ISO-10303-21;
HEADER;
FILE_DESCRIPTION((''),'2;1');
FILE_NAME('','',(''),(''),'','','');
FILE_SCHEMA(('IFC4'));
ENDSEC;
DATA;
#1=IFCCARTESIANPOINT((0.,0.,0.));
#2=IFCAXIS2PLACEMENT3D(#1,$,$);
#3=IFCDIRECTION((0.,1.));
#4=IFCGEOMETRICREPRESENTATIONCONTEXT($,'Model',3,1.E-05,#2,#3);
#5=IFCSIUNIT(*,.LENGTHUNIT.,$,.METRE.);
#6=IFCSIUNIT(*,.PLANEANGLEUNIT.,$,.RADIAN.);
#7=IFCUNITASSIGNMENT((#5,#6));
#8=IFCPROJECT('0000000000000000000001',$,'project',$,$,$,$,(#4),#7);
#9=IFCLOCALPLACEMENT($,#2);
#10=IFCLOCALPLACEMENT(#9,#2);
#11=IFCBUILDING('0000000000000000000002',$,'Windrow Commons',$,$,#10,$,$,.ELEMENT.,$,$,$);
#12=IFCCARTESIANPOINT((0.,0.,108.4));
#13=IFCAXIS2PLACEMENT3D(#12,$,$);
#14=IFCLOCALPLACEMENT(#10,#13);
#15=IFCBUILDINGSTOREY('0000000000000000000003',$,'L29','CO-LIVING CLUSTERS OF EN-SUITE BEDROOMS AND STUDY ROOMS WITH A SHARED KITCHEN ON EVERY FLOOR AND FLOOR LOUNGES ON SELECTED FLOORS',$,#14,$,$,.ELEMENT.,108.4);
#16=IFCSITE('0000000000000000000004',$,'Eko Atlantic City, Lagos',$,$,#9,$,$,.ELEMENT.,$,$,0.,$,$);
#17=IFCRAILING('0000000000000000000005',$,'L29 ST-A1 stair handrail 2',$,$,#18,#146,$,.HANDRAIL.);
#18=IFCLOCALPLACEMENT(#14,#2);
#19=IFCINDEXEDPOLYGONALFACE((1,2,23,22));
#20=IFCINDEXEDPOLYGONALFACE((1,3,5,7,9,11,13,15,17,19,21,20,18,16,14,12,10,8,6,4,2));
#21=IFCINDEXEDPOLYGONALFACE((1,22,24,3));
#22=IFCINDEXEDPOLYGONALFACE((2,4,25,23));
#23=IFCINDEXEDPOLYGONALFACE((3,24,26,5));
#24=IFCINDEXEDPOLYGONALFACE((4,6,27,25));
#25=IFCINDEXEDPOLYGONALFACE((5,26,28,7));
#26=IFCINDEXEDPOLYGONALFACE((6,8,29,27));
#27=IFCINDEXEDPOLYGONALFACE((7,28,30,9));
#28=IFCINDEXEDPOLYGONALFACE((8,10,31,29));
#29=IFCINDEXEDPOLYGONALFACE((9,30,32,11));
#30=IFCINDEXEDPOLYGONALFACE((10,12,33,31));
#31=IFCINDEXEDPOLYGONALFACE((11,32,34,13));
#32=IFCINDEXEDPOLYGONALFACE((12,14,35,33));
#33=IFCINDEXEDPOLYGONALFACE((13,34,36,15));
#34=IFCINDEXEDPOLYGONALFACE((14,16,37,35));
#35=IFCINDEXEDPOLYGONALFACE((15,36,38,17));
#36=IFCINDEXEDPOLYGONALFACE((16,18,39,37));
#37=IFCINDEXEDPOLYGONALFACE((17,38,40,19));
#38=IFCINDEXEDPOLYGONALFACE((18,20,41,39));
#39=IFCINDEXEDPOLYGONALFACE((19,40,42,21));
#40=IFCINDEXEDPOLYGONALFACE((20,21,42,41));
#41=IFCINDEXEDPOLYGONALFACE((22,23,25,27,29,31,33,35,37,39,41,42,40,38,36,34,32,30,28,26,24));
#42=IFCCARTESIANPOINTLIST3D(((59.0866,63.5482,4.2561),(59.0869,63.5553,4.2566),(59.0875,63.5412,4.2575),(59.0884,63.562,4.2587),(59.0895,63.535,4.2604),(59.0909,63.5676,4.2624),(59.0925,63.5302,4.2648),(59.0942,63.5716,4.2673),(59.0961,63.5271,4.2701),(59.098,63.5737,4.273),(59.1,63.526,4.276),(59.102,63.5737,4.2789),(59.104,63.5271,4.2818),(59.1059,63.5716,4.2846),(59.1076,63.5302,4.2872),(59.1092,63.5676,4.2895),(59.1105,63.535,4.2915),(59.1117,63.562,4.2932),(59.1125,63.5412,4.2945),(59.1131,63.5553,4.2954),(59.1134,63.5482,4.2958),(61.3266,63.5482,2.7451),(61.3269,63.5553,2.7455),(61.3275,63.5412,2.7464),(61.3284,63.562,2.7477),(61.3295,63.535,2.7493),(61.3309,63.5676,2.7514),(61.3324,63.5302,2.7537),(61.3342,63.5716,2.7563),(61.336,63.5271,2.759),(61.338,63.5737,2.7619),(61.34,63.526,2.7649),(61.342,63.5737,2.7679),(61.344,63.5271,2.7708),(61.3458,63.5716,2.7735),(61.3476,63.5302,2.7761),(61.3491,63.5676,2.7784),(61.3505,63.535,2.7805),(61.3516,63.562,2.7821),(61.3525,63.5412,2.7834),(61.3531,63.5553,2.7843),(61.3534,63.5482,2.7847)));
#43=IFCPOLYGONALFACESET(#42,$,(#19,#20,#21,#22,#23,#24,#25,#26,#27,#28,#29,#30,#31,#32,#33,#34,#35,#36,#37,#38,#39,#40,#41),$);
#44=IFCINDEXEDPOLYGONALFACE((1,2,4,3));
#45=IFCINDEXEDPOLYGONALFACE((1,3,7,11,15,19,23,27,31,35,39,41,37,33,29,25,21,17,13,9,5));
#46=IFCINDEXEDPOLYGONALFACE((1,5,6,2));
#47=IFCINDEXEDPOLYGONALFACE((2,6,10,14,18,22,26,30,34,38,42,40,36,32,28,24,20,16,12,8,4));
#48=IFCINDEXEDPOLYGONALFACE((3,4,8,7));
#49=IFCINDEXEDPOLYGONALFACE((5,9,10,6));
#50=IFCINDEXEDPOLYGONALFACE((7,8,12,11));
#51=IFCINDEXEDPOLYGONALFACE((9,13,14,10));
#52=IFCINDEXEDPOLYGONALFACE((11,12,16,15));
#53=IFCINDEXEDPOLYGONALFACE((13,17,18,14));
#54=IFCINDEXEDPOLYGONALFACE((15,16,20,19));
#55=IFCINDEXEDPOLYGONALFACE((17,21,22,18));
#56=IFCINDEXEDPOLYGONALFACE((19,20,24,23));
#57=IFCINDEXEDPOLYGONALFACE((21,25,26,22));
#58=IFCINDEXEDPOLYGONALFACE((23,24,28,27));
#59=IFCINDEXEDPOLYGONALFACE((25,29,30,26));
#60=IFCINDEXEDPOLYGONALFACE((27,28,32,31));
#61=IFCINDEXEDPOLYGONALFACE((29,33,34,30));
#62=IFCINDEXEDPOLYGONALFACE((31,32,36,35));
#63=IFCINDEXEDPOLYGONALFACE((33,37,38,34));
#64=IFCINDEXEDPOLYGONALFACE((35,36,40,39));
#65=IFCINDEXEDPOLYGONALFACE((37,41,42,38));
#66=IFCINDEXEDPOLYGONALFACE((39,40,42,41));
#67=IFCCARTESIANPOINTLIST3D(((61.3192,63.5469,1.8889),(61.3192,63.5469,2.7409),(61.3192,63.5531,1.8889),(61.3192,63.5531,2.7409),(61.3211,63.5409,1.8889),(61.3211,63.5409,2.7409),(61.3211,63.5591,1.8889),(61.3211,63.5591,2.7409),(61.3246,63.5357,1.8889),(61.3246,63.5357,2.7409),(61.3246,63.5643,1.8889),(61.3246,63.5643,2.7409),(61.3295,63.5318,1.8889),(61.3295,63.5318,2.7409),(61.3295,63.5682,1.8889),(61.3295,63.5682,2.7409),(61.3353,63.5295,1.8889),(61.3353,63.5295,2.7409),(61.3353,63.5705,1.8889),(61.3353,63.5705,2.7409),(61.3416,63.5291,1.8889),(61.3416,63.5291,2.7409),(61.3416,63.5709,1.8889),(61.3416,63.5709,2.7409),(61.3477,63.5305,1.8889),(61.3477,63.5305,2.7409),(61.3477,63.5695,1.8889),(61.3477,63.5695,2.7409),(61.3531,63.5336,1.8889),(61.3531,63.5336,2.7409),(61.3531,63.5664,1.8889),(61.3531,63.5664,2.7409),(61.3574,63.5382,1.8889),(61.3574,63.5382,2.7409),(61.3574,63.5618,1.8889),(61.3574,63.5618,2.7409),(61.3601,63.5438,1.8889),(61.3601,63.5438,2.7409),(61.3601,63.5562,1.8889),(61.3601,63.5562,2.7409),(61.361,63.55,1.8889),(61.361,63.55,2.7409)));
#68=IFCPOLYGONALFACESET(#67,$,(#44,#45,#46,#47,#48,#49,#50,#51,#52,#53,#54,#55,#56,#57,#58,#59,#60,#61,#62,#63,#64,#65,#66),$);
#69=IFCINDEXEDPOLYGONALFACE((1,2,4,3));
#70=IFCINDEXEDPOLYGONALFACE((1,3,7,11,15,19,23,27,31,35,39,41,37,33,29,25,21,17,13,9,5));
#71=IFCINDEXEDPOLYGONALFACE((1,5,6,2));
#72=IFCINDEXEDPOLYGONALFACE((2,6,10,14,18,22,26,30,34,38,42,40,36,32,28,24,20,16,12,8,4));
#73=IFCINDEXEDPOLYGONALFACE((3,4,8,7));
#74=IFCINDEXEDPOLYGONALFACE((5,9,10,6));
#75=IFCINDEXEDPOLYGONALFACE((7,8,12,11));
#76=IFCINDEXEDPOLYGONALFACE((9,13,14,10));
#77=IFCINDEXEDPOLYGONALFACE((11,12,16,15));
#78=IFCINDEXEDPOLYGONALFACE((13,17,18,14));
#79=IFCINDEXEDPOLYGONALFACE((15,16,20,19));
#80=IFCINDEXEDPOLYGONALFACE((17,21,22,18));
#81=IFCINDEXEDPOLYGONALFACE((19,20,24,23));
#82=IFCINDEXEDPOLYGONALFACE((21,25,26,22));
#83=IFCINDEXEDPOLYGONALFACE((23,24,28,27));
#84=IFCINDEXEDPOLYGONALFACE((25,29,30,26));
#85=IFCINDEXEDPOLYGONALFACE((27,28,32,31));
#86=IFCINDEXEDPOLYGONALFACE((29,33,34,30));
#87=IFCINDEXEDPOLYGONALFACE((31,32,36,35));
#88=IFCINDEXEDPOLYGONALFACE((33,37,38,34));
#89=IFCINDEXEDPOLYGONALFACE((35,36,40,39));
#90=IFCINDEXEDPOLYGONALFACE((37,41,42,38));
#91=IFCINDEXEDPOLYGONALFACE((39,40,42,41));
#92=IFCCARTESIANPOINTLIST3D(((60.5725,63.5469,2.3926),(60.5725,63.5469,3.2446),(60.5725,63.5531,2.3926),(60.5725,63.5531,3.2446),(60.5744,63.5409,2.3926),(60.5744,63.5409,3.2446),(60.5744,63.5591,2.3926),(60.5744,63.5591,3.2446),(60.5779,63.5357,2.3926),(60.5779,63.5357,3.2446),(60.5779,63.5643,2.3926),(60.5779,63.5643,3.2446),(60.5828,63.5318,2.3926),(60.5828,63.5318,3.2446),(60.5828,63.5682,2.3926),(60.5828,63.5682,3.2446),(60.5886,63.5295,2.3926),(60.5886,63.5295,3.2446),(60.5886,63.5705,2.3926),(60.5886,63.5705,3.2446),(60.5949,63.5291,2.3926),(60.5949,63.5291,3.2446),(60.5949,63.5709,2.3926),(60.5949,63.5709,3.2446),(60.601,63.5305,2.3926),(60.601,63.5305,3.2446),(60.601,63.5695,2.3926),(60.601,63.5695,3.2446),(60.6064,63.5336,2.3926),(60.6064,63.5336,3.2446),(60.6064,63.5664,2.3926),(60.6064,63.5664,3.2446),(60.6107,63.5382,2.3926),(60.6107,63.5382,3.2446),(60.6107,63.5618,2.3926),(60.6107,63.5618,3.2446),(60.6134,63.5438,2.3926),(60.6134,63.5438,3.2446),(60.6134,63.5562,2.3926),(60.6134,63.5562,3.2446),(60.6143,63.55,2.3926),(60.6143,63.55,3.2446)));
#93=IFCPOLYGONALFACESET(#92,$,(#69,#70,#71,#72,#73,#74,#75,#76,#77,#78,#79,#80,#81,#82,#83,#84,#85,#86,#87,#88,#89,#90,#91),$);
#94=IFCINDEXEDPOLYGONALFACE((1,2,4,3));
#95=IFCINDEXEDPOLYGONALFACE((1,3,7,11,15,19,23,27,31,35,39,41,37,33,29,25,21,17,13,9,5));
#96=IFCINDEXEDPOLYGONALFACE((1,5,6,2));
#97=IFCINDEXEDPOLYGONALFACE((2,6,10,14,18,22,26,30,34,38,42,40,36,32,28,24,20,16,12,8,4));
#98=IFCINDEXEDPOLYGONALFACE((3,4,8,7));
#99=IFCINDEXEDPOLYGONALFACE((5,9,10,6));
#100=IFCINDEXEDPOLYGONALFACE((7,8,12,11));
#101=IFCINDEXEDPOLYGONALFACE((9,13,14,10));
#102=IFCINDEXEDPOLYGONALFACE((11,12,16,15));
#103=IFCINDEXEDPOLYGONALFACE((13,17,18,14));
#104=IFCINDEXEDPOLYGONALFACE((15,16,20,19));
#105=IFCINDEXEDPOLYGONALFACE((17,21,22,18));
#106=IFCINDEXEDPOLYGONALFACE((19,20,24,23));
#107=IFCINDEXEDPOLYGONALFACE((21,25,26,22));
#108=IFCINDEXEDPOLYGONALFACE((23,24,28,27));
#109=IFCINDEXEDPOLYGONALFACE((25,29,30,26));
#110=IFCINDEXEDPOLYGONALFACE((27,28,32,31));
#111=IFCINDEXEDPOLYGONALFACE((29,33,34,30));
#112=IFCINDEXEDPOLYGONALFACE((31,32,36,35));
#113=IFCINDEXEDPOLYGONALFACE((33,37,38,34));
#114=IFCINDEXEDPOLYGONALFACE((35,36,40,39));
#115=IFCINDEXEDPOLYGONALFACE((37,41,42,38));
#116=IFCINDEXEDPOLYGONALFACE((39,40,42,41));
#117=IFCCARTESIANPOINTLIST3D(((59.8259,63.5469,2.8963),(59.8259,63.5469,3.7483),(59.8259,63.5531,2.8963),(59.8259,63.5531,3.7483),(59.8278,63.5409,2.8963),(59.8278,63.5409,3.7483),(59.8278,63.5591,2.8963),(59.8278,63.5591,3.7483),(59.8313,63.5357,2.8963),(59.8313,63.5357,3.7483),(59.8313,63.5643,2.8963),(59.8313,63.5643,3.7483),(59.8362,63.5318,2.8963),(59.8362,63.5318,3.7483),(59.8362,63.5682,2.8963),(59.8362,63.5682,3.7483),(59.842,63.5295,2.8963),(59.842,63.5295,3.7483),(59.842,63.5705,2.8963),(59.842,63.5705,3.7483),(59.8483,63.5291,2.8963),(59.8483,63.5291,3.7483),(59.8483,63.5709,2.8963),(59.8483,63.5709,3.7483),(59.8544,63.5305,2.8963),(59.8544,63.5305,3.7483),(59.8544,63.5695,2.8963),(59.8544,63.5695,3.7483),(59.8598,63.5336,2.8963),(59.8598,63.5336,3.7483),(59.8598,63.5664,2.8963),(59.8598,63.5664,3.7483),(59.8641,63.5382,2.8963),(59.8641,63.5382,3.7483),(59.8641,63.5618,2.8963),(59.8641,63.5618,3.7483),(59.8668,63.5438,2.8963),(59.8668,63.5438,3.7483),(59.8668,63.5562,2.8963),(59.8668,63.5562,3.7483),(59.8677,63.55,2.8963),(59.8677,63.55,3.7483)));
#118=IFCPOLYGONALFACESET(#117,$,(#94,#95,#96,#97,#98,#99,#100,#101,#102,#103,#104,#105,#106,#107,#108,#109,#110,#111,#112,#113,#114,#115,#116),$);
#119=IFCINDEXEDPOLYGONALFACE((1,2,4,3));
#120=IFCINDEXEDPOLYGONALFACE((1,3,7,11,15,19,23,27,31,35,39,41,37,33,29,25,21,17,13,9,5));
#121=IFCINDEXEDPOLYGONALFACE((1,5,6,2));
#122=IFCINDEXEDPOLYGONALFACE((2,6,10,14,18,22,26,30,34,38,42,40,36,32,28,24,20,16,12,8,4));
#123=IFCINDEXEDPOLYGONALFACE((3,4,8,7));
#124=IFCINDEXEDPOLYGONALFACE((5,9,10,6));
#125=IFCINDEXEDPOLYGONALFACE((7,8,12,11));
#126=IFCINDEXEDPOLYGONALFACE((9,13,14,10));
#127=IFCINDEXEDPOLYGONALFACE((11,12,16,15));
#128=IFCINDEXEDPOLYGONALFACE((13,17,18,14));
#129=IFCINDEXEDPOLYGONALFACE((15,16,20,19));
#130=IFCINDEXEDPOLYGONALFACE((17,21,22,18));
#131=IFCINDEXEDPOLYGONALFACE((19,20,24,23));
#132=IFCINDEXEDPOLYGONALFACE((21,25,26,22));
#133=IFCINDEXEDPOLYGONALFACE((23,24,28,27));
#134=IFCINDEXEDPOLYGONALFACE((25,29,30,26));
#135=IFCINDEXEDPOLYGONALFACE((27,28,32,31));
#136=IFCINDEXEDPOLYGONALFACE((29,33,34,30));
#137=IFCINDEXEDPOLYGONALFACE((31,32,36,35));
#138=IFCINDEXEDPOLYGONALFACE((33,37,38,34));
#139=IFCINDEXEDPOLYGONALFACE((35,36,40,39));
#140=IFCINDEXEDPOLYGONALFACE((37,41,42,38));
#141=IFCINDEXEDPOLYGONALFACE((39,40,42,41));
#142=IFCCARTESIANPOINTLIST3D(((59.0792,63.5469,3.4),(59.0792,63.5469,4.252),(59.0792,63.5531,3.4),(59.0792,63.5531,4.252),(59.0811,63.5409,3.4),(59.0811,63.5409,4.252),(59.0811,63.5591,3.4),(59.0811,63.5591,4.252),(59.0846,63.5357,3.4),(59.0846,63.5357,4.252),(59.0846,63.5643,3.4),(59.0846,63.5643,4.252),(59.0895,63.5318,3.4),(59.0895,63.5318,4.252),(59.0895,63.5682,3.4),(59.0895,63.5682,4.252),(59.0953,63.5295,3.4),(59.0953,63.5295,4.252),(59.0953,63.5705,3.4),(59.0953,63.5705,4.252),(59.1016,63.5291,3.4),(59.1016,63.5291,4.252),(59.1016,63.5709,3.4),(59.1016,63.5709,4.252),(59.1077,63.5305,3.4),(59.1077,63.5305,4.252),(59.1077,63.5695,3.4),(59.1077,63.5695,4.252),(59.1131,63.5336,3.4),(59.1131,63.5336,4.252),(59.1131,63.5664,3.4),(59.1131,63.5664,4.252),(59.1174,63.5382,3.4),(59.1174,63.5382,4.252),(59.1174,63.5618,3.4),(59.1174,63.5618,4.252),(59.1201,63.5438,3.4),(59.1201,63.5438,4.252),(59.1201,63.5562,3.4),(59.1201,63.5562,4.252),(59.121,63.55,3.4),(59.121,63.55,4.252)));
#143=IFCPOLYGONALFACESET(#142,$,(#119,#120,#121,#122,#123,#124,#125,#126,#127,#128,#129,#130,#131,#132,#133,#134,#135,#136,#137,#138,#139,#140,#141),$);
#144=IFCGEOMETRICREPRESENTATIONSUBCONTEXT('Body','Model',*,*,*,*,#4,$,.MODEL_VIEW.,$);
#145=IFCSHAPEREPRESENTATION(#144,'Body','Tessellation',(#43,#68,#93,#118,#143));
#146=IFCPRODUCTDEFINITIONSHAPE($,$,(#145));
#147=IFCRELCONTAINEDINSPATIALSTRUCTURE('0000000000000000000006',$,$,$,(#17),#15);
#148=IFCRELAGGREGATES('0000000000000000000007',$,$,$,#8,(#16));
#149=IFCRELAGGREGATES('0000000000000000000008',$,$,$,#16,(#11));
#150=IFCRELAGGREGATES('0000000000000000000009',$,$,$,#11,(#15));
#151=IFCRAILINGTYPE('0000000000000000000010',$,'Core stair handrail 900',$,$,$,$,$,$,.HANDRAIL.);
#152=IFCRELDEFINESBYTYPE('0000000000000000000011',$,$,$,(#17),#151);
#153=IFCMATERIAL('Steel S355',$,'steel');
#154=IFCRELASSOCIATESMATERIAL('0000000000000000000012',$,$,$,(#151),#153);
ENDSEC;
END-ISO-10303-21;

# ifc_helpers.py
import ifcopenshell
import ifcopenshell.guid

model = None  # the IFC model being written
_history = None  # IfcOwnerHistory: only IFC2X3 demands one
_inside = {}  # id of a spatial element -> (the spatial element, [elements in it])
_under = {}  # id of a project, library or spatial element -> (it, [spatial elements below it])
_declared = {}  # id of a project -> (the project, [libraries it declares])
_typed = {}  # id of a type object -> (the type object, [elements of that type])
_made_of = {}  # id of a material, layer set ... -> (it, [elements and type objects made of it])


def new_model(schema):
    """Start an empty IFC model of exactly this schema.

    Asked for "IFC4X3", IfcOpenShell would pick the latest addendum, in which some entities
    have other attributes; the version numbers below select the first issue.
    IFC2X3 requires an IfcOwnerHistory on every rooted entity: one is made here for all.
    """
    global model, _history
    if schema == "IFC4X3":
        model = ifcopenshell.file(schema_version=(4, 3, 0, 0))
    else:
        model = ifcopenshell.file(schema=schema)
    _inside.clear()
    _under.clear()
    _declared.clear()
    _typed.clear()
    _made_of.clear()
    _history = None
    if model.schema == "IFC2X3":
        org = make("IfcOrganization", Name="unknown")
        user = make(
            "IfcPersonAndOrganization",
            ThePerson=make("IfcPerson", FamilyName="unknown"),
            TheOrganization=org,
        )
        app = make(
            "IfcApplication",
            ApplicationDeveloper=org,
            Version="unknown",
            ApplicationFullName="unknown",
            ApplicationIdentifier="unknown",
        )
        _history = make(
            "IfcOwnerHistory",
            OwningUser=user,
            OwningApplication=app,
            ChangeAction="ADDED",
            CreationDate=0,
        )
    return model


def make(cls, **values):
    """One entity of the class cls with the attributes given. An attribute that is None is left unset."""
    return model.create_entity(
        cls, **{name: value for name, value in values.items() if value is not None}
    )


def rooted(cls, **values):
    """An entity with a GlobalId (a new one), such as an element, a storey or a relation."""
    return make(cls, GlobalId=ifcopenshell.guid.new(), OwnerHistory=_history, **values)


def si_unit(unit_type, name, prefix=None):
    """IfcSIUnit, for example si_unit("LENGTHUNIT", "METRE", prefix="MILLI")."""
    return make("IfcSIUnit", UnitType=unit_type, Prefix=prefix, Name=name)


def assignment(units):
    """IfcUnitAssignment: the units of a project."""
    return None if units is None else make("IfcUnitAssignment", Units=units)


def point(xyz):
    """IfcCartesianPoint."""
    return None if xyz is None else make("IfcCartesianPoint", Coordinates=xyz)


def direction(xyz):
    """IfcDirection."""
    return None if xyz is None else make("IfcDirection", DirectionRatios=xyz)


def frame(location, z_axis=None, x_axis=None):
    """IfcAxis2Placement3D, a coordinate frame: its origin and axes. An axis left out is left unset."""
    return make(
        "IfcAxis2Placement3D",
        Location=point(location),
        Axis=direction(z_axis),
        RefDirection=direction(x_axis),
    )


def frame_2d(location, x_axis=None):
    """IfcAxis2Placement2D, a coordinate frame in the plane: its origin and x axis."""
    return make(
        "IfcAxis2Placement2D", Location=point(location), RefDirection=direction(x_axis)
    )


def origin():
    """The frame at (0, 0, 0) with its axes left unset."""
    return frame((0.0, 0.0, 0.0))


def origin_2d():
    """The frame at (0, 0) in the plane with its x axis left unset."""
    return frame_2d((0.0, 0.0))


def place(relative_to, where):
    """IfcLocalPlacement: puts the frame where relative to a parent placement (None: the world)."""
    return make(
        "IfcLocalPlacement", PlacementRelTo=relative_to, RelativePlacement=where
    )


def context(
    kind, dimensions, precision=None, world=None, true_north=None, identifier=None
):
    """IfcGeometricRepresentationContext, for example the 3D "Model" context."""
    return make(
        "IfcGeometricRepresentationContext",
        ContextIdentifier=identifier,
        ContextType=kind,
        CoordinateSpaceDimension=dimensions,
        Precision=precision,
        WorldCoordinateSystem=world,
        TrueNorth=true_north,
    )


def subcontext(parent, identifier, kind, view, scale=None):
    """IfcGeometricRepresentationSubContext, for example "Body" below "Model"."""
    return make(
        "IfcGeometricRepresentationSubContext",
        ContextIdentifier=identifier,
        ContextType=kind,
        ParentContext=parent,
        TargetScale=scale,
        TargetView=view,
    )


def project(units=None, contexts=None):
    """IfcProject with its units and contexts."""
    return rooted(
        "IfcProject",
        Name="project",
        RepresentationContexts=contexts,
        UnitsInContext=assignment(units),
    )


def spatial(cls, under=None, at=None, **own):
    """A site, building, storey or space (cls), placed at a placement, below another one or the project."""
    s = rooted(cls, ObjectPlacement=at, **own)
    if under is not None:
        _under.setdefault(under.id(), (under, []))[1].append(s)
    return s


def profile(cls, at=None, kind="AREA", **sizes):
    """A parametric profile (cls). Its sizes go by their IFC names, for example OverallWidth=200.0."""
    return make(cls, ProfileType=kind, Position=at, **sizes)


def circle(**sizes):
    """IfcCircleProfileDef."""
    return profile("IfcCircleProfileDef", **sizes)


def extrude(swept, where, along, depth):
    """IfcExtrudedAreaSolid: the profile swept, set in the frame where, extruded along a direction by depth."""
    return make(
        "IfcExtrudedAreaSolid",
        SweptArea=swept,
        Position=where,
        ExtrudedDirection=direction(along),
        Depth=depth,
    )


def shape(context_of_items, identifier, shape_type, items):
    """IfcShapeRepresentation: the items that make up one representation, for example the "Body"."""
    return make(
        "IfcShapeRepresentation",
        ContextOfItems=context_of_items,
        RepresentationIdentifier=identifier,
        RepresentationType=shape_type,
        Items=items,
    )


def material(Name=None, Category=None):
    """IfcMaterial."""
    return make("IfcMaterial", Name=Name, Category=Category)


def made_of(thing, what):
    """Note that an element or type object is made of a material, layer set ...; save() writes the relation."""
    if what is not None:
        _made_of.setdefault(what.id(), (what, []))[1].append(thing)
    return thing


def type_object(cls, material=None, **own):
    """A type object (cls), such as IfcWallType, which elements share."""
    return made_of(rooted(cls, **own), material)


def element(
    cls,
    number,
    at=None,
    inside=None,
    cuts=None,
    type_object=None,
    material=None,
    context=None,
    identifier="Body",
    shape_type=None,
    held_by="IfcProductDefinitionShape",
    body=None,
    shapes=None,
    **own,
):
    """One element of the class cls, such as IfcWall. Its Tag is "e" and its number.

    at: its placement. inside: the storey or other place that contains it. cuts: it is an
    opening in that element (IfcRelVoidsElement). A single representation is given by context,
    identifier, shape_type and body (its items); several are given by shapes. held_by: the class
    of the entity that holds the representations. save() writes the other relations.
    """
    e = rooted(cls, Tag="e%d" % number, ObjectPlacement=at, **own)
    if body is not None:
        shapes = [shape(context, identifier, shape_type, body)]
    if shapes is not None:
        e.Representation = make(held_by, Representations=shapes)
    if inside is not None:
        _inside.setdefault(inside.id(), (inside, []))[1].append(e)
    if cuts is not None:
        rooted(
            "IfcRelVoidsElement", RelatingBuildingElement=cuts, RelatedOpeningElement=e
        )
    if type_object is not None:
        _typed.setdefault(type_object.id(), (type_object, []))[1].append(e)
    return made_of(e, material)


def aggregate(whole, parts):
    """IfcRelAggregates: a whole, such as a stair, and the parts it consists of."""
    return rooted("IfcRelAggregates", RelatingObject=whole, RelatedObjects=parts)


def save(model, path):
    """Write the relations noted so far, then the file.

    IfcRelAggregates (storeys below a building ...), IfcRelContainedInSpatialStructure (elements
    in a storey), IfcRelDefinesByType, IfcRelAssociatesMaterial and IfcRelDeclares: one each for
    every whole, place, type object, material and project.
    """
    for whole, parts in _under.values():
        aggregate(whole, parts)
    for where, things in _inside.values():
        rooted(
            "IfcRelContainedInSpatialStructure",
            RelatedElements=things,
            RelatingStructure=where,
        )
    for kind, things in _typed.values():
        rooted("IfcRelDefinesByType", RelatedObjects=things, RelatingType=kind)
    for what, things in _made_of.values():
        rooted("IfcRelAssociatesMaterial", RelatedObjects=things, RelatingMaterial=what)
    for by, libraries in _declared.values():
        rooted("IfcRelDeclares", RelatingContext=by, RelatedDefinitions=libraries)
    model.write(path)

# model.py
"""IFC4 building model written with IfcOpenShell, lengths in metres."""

from ifc_helpers import new_model, si_unit, direction, frame, origin, origin_2d, place, context, subcontext, project, spatial, circle, extrude, material, type_object, element, save


model = new_model("IFC4")

# Units and contexts
model_context = context("Model", 3, precision=1e-05, world=origin(), true_north=direction((0.0, 1.0)))
body_context = subcontext(model_context, "Body", "Model", "MODEL_VIEW")
ifc_project = project(units=[si_unit("LENGTHUNIT", "METRE"), si_unit("PLANEANGLEUNIT", "RADIAN")], contexts=[model_context])

# Site, building, storey
site_placement = place(None, origin())
site = spatial("IfcSite", under=ifc_project, at=site_placement, Name="Eko Atlantic City, Lagos", CompositionType="ELEMENT", RefElevation=0.0)
building_placement = place(site_placement, origin())
building = spatial("IfcBuilding", under=site, at=building_placement, Name="Windrow Commons", CompositionType="ELEMENT")
storey_placement = place(building_placement, frame((0.0, 0.0, 108.4)))
storey = spatial("IfcBuildingStorey", under=building, at=storey_placement, Name="L29", Description="CO-LIVING CLUSTERS OF EN-SUITE BEDROOMS AND STUDY ROOMS WITH A SHARED KITCHEN ON EVERY FLOOR AND FLOOR LOUNGES ON SELECTED FLOORS", CompositionType="ELEMENT", Elevation=108.4)

# Railing
ifc_material_1 = material(Name="Steel S355", Category="steel")
railing_type_1 = type_object("IfcRailingType", Name="Core stair handrail 900", PredefinedType="HANDRAIL", material=ifc_material_1)
for number, where, name in (
    (1, (61.34, 63.55, 1.8889), "L29 ST-A1 stair handrail 2"),
):
    element("IfcRailing", number, at=place(storey_placement, frame(where)), inside=storey, type_object=railing_type_1, Name=name, PredefinedType="HANDRAIL", context=body_context, shape_type="SweptSolid", body=[
        extrude(circle(Radius=0.024, at=origin_2d()), frame((0.0, 0.0, 0.876), z_axis=(-0.829003, 0.0, 0.559244), x_axis=(0.0, -1.0, 0.0)), (0.0, 0.0, 1.0), 2.702),
        extrude(circle(Radius=0.021, at=origin_2d()), origin(), (0.0, 0.0, 1.0), 0.852),
        extrude(circle(Radius=0.021, at=origin_2d()), frame((-0.7467, 0.0, 0.5037)), (0.0, 0.0, 1.0), 0.852),
        extrude(circle(Radius=0.021, at=origin_2d()), frame((-1.4933, 0.0, 1.0074)), (0.0, 0.0, 1.0), 0.852),
        extrude(circle(Radius=0.021, at=origin_2d()), frame((-2.24, 0.0, 1.5111)), (0.0, 0.0, 1.0), 0.852),
    ])

save(model, "model.ifc")
